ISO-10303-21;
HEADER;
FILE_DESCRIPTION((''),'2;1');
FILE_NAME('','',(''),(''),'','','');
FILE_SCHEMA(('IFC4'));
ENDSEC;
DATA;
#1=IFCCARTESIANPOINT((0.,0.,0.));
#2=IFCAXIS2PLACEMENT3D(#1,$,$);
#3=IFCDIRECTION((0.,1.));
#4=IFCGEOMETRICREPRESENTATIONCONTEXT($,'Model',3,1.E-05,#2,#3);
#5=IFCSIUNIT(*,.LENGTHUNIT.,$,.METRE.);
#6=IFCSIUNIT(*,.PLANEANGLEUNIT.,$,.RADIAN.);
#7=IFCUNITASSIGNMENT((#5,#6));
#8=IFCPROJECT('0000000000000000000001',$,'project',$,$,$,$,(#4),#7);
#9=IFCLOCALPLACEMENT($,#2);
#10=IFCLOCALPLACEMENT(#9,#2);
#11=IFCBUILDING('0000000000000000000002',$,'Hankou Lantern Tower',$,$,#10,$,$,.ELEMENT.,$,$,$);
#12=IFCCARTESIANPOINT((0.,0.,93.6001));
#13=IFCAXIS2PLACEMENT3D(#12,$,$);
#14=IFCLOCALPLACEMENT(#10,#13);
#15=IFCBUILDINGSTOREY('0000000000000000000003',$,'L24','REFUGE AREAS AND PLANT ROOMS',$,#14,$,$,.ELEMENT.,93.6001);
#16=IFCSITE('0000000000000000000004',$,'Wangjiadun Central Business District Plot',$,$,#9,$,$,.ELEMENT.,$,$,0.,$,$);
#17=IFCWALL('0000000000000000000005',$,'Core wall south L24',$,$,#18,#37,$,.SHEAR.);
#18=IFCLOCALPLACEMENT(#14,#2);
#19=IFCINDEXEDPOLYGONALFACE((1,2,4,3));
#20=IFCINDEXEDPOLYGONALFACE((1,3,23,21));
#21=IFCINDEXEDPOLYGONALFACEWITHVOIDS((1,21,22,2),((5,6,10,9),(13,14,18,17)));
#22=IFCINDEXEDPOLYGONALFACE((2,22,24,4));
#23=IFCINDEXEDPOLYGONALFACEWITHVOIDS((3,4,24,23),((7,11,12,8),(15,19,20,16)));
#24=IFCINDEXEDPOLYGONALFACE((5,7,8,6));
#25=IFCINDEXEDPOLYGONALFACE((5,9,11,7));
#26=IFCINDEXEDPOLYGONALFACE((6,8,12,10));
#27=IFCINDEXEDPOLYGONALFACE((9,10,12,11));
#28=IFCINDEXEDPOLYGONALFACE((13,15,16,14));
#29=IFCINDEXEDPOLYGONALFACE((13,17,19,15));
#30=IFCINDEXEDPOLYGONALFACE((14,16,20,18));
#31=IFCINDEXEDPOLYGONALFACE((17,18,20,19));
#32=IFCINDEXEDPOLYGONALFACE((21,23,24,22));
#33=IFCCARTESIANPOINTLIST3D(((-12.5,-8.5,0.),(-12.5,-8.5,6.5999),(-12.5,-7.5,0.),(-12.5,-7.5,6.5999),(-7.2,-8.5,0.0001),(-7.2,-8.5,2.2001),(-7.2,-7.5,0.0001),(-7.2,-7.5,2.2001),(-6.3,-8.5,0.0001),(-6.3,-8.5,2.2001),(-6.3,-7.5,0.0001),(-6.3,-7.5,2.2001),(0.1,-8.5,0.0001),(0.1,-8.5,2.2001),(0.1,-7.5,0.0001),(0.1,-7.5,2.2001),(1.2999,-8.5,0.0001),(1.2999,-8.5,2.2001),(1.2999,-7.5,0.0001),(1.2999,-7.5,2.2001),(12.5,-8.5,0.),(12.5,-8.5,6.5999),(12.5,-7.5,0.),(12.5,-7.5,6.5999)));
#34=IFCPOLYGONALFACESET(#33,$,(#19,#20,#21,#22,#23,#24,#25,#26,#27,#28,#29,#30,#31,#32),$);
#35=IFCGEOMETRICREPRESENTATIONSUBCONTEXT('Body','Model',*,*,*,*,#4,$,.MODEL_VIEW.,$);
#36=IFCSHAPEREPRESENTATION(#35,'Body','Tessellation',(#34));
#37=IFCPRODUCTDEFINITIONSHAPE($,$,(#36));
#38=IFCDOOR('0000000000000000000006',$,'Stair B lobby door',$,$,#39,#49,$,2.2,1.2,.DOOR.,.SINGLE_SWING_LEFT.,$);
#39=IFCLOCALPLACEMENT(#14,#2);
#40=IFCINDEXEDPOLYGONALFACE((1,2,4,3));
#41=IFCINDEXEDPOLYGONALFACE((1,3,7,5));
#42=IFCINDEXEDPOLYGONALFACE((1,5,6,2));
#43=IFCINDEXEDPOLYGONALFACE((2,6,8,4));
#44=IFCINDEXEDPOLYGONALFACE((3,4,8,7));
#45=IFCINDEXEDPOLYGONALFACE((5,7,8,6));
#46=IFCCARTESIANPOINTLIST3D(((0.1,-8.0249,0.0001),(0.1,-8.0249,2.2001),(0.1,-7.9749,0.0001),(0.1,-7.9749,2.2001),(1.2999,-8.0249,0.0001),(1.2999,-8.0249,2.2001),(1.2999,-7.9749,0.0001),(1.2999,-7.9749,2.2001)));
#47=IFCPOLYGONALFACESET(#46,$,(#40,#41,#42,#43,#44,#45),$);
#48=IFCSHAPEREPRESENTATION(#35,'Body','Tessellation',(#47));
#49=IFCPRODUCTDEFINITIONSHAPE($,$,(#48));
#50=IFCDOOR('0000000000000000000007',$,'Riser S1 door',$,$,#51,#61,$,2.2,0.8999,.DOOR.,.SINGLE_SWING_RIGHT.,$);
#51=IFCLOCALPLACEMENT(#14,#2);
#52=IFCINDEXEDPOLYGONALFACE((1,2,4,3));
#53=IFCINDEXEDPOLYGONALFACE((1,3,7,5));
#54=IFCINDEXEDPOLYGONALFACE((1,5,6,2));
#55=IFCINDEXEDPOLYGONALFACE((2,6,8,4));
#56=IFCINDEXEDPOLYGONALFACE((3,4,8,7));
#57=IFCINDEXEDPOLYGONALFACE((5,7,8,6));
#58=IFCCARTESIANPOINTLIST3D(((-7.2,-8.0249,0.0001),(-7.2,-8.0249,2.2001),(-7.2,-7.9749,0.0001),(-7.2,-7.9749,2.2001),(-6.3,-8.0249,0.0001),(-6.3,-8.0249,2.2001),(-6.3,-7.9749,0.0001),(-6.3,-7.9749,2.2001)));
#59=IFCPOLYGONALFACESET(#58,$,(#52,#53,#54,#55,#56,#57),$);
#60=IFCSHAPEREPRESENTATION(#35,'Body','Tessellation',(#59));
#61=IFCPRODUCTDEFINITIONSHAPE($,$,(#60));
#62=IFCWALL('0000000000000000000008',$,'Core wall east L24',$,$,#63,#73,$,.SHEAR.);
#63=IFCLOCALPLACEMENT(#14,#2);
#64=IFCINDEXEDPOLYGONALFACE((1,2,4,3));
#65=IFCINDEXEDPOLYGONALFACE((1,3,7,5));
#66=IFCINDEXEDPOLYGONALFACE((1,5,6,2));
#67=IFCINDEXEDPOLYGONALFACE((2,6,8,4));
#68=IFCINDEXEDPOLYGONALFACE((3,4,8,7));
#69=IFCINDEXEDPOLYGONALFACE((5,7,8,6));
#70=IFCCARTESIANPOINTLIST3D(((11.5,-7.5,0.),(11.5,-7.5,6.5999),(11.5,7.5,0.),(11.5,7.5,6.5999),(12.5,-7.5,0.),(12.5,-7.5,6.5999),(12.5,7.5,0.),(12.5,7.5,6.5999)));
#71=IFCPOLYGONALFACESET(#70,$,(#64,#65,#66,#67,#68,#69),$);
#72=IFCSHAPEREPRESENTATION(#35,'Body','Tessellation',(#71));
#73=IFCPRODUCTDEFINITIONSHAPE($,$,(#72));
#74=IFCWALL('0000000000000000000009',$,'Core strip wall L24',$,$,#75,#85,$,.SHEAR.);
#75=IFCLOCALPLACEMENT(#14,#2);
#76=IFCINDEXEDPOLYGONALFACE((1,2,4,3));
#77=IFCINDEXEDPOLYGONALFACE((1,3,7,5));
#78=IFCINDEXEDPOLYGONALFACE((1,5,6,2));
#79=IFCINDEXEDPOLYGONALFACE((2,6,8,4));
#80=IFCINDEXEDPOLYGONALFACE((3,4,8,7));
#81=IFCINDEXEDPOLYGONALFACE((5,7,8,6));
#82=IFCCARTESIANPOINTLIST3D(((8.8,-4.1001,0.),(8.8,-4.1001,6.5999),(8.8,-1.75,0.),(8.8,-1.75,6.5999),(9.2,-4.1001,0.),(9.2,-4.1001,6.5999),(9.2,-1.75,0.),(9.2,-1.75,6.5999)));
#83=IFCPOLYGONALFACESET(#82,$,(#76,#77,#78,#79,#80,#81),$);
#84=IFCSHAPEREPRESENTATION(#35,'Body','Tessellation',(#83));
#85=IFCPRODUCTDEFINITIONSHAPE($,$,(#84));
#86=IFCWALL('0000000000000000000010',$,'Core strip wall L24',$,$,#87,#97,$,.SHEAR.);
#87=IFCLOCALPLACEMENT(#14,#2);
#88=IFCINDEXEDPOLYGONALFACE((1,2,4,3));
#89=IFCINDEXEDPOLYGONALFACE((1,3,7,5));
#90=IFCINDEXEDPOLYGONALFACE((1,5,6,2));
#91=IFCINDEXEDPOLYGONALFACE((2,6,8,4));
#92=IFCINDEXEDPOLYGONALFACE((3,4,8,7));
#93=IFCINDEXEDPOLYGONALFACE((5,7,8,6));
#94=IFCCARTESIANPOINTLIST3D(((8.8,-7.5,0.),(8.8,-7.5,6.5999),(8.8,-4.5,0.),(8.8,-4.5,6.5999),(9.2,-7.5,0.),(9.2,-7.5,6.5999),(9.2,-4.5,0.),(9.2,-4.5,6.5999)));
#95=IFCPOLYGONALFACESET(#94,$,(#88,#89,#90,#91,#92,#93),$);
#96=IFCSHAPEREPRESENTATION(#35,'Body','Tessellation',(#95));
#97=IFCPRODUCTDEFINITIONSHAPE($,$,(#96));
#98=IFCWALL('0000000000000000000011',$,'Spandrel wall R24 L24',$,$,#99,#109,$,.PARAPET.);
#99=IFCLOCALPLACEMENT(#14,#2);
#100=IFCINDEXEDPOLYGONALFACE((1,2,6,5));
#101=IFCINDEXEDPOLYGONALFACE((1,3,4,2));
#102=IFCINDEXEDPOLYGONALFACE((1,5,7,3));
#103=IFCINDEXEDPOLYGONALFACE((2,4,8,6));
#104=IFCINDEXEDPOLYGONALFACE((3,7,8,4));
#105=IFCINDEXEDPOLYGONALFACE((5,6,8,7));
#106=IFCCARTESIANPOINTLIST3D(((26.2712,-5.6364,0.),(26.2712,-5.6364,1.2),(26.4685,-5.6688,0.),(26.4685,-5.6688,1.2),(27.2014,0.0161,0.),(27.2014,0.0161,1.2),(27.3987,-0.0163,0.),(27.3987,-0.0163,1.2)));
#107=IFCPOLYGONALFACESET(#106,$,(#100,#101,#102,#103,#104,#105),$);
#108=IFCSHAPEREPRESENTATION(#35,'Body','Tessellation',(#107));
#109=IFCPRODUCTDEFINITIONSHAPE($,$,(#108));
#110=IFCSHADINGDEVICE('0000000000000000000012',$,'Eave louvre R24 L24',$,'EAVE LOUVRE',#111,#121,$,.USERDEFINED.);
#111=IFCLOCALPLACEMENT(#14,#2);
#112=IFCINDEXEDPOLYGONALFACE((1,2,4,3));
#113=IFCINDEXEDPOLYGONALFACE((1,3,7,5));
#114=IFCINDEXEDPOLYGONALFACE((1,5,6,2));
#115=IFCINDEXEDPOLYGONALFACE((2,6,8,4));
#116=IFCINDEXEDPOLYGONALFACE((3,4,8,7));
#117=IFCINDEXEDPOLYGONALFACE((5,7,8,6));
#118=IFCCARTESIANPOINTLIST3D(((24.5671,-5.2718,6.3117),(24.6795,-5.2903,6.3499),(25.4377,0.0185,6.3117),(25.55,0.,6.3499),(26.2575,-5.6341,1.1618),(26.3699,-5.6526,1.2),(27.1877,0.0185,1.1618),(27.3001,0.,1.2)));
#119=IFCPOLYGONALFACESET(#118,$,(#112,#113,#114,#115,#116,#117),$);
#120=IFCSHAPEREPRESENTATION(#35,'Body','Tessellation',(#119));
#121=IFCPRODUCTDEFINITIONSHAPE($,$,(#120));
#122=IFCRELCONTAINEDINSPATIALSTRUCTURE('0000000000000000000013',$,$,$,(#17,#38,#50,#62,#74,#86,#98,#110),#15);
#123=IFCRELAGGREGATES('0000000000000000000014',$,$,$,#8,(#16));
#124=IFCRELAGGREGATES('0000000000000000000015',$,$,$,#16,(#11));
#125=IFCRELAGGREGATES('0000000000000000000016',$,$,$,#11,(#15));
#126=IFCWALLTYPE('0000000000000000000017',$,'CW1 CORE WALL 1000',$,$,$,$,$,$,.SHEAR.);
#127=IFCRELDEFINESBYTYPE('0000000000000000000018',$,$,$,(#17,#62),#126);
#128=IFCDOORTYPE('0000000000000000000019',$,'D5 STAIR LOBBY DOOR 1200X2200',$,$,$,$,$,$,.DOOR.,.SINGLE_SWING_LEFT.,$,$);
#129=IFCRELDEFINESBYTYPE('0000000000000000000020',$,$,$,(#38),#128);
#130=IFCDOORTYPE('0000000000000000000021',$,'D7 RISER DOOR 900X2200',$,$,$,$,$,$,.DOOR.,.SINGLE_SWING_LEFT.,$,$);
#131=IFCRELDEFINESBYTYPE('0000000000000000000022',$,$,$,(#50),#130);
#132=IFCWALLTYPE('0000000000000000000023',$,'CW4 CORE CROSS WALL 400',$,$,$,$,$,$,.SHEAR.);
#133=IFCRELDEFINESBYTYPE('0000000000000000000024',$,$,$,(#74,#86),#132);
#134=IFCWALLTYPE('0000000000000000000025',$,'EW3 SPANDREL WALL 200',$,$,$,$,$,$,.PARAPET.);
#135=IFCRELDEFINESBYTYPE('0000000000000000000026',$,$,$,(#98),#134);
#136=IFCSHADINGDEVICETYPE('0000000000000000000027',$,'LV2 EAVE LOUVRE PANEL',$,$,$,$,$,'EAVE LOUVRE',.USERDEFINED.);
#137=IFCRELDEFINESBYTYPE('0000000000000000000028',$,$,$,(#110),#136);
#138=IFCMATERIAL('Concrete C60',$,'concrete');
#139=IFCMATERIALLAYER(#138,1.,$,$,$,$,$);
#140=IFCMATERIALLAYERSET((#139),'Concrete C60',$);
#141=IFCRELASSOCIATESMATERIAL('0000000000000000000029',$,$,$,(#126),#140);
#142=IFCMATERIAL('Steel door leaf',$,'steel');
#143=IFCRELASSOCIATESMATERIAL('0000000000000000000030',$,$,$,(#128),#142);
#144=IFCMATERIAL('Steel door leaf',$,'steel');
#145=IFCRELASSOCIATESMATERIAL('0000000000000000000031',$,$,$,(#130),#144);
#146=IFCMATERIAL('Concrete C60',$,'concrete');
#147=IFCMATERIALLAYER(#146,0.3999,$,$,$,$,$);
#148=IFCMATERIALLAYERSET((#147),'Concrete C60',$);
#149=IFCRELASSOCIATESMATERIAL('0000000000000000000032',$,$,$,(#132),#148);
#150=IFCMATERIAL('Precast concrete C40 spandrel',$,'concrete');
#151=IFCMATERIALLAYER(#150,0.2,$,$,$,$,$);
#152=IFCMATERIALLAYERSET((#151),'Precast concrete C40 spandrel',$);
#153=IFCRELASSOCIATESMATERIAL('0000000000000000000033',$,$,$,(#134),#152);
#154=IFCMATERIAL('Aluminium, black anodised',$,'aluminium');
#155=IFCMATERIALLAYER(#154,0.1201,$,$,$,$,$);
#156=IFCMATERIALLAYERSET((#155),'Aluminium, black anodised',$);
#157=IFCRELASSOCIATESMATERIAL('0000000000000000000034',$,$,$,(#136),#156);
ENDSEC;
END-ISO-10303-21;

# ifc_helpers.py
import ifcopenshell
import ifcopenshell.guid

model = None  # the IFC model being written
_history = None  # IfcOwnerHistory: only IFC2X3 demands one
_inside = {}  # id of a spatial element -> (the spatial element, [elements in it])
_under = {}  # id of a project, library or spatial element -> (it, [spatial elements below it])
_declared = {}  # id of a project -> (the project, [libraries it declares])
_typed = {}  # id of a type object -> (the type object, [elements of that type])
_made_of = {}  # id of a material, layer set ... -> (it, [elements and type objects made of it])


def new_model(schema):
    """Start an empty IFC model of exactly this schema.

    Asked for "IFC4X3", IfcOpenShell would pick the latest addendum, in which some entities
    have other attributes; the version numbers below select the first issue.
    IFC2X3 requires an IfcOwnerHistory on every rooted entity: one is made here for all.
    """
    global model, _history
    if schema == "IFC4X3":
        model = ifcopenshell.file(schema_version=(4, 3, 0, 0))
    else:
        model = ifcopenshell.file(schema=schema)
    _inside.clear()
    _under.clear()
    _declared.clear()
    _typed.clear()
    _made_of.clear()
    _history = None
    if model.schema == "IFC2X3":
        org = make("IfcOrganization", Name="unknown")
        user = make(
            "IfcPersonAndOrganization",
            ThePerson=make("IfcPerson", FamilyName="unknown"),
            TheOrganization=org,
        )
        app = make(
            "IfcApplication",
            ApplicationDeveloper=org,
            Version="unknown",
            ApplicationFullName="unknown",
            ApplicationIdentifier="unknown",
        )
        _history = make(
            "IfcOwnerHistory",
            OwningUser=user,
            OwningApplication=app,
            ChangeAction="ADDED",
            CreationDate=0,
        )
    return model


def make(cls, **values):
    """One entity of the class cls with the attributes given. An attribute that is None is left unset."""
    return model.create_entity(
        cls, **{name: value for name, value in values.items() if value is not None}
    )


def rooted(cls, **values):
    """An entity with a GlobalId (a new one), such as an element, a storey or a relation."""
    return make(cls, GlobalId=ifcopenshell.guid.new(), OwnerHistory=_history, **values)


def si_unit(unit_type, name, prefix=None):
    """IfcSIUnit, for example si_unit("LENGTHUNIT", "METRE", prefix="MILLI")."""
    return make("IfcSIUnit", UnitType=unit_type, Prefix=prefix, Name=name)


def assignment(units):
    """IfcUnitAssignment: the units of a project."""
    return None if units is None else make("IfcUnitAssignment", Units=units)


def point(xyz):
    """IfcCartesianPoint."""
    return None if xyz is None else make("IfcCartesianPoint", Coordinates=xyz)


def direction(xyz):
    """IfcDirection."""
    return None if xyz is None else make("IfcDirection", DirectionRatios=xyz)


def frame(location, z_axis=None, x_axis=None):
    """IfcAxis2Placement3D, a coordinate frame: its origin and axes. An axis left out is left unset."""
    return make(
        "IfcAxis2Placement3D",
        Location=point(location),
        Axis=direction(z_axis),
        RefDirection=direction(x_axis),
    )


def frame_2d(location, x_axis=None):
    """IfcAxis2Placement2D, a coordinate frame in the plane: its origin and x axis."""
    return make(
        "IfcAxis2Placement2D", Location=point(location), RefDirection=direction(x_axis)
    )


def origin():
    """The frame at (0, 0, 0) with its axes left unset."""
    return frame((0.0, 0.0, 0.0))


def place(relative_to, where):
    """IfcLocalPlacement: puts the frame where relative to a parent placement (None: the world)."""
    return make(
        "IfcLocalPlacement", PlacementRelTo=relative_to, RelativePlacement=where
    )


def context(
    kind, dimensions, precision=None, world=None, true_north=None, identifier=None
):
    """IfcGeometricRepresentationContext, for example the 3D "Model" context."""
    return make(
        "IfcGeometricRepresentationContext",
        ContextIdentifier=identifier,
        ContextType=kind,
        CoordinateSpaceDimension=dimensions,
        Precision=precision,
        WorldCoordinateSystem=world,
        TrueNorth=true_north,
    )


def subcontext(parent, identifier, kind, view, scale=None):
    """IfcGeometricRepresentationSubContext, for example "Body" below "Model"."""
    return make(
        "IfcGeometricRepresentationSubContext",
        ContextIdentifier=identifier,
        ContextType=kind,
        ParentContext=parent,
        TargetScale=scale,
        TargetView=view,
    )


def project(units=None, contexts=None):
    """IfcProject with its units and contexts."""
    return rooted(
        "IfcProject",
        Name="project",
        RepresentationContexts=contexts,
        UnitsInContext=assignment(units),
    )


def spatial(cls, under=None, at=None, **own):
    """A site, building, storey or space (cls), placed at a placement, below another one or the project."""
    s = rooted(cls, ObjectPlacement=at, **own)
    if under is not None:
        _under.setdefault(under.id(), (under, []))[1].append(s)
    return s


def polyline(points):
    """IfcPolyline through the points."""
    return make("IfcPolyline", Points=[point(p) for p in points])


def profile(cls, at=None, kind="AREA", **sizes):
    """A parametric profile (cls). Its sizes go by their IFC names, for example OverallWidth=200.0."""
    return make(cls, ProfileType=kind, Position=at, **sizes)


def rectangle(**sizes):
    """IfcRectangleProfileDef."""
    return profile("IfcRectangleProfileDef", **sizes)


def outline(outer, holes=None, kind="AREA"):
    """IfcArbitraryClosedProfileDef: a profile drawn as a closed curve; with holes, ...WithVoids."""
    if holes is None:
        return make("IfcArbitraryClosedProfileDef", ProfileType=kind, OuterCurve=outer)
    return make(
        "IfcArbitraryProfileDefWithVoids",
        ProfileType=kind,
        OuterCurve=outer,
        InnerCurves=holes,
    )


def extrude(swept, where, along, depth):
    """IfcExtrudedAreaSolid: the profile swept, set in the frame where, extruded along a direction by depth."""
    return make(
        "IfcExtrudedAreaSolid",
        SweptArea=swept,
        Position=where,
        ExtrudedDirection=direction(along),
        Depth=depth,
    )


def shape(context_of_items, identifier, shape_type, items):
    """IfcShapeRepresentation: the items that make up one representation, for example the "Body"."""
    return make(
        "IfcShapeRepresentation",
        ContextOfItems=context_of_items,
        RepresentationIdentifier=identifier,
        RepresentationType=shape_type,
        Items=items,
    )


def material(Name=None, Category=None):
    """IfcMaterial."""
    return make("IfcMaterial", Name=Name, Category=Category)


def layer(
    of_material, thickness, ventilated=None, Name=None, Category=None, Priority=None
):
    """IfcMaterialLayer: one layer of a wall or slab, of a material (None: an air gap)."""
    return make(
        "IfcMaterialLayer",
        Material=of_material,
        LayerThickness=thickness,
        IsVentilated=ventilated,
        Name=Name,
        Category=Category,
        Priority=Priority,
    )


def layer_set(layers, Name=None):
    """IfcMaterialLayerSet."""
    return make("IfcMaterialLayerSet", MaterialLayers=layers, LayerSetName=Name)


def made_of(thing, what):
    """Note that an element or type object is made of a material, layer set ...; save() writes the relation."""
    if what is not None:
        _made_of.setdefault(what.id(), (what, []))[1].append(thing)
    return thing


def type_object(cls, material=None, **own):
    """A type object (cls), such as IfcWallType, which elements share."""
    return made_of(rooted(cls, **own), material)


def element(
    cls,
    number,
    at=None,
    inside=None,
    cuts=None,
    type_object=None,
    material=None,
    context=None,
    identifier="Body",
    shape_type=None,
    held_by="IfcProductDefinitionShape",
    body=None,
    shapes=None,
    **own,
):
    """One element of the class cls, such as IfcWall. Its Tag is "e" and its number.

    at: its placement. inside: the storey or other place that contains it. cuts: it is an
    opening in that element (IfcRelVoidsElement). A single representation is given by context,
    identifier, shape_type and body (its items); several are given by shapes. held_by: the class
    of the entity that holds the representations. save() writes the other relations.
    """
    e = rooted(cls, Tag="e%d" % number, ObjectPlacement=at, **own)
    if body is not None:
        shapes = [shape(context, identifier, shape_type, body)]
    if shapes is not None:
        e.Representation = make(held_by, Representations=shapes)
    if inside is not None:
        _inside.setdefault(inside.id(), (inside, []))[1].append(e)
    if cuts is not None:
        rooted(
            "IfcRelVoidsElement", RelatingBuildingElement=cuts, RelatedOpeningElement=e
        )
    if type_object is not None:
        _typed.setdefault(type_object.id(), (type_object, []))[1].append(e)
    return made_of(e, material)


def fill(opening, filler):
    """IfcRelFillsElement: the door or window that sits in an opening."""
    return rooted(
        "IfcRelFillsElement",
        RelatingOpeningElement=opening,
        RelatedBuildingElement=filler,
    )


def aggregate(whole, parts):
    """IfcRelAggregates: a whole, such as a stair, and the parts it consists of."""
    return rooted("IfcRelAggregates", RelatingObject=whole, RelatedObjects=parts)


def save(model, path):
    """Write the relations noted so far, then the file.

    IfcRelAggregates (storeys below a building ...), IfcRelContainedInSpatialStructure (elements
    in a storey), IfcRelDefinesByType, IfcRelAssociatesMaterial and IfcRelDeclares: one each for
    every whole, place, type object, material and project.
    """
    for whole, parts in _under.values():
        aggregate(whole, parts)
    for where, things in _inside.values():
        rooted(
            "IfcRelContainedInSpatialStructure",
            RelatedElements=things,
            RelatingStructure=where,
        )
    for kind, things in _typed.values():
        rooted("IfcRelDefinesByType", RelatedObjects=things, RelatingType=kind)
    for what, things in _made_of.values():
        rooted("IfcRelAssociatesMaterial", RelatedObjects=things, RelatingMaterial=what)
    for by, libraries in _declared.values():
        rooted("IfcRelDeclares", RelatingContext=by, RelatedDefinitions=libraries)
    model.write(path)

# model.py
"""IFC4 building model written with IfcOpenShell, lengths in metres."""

from ifc_helpers import new_model, si_unit, direction, frame, frame_2d, origin, place, context, subcontext, project, spatial, polyline, rectangle, outline, extrude, material, layer, layer_set, type_object, element, fill, save


model = new_model("IFC4")

# Units and contexts
model_context = context("Model", 3, precision=1e-05, world=origin(), true_north=direction((0.0, 1.0)))
body_context = subcontext(model_context, "Body", "Model", "MODEL_VIEW")
ifc_project = project(units=[si_unit("LENGTHUNIT", "METRE"), si_unit("PLANEANGLEUNIT", "RADIAN")], contexts=[model_context])

# Site, building, storey
site_placement = place(None, origin())
site = spatial("IfcSite", under=ifc_project, at=site_placement, Name="Wangjiadun Central Business District Plot", CompositionType="ELEMENT", RefElevation=0.0)
building_placement = place(site_placement, origin())
building = spatial("IfcBuilding", under=site, at=building_placement, Name="Hankou Lantern Tower", CompositionType="ELEMENT")
storey_placement = place(building_placement, frame((0.0, 0.0, 93.6001)))
storey = spatial("IfcBuildingStorey", under=building, at=storey_placement, Name="L24", Description="REFUGE AREAS AND PLANT ROOMS", CompositionType="ELEMENT", Elevation=93.6001)

# Wall, openings, doors
ifc_material_1 = material(Name="Concrete C60", Category="concrete")
ifc_layer_1 = layer(ifc_material_1, 1.0)
ifc_layer_set_1 = layer_set([ifc_layer_1], Name="Concrete C60")
wall_type_1 = type_object("IfcWallType", Name="CW1 CORE WALL 1000", PredefinedType="SHEAR", material=ifc_layer_set_1)
wall_1_placement = place(storey_placement, frame((12.5, -8.0, 0.0), z_axis=(0.0, 0.0, 1.0), x_axis=(-1.0, 0.0, 0.0)))
wall_1 = element("IfcWall", 1, at=wall_1_placement, inside=storey, type_object=wall_type_1, Name="Core wall south L24", PredefinedType="SHEAR", context=body_context, shape_type="SweptSolid", body=[
    extrude(rectangle(XDim=25.0, YDim=1.0, at=frame_2d((12.5, 0.0))), origin(), (0.0, 0.0, 1.0), 6.5999),
])
opening_1_placement = place(wall_1_placement, frame((11.2, 0.0, 0.0)))
opening_1 = element("IfcOpeningElement", 2, at=opening_1_placement, cuts=wall_1, PredefinedType="OPENING", context=body_context, shape_type="SweptSolid", body=[
    extrude(rectangle(XDim=1.2, YDim=2.2, at=frame_2d((0.6001, 1.1001))), frame((0.0, 0.51, 0.0), z_axis=(0.0, -1.0, 0.0), x_axis=(1.0, 0.0, 0.0)), (0.0, 0.0, 1.0), 1.02),
])
opening_2_placement = place(wall_1_placement, frame((18.8, 0.0, 0.0)))
opening_2 = element("IfcOpeningElement", 3, at=opening_2_placement, cuts=wall_1, PredefinedType="OPENING", context=body_context, shape_type="SweptSolid", body=[
    extrude(rectangle(XDim=0.8999, YDim=2.2, at=frame_2d((0.45, 1.1001))), frame((0.0, 0.51, 0.0), z_axis=(0.0, -1.0, 0.0), x_axis=(1.0, 0.0, 0.0)), (0.0, 0.0, 1.0), 1.02),
])
ifc_material_2 = material(Name="Steel door leaf", Category="steel")
door_type_1 = type_object("IfcDoorType", Name="D5 STAIR LOBBY DOOR 1200X2200", OperationType="SINGLE_SWING_LEFT", PredefinedType="DOOR", material=ifc_material_2)
door_1_placement = place(opening_1_placement, origin())
door_1 = element("IfcDoor", 4, at=door_1_placement, inside=storey, type_object=door_type_1, Name="Stair B lobby door", OperationType="SINGLE_SWING_LEFT", OverallHeight=2.2, OverallWidth=1.2, PredefinedType="DOOR", context=body_context, shape_type="SweptSolid", body=[
    extrude(rectangle(XDim=1.2, YDim=2.2, at=frame_2d((0.6001, 1.1001))), frame((0.0, 0.0249, 0.0), z_axis=(0.0, -1.0, 0.0), x_axis=(1.0, 0.0, 0.0)), (0.0, 0.0, 1.0), 0.05),
])
fill(opening_1, door_1)
ifc_material_3 = material(Name="Steel door leaf", Category="steel")
door_type_2 = type_object("IfcDoorType", Name="D7 RISER DOOR 900X2200", OperationType="SINGLE_SWING_LEFT", PredefinedType="DOOR", material=ifc_material_3)
door_2_placement = place(opening_2_placement, origin())
door_2 = element("IfcDoor", 5, at=door_2_placement, inside=storey, type_object=door_type_2, Name="Riser S1 door", OperationType="SINGLE_SWING_RIGHT", OverallHeight=2.2, OverallWidth=0.8999, PredefinedType="DOOR", context=body_context, shape_type="SweptSolid", body=[
    extrude(rectangle(XDim=0.8999, YDim=2.2, at=frame_2d((0.45, 1.1001))), frame((0.0, 0.0249, 0.0), z_axis=(0.0, -1.0, 0.0), x_axis=(1.0, 0.0, 0.0)), (0.0, 0.0, 1.0), 0.05),
])
fill(opening_2, door_2)

# Walls
wall_2_placement = place(storey_placement, frame((12.0, -7.5, 0.0), z_axis=(0.0, 0.0, 1.0), x_axis=(0.0, 1.0, 0.0)))
element("IfcWall", 6, at=wall_2_placement, inside=storey, type_object=wall_type_1, Name="Core wall east L24", PredefinedType="SHEAR", context=body_context, shape_type="SweptSolid", body=[
    extrude(rectangle(XDim=15.0, YDim=1.0, at=frame_2d((7.5, 0.0))), origin(), (0.0, 0.0, 1.0), 6.5999),
])
ifc_material_4 = material(Name="Concrete C60", Category="concrete")
ifc_layer_2 = layer(ifc_material_4, 0.3999)
ifc_layer_set_2 = layer_set([ifc_layer_2], Name="Concrete C60")
wall_type_2 = type_object("IfcWallType", Name="CW4 CORE CROSS WALL 400", PredefinedType="SHEAR", material=ifc_layer_set_2)
wall_3_placement = place(storey_placement, frame((9.0, -4.1001, 0.0), z_axis=(0.0, 0.0, 1.0), x_axis=(0.0, 1.0, 0.0)))
element("IfcWall", 7, at=wall_3_placement, inside=storey, type_object=wall_type_2, Name="Core strip wall L24", PredefinedType="SHEAR", context=body_context, shape_type="SweptSolid", body=[
    extrude(rectangle(XDim=2.3501, YDim=0.3999, at=frame_2d((1.175, 0.0))), origin(), (0.0, 0.0, 1.0), 6.5999),
])
wall_4_placement = place(storey_placement, frame((9.0, -7.5, 0.0), z_axis=(0.0, 0.0, 1.0), x_axis=(0.0, 1.0, 0.0)))
element("IfcWall", 8, at=wall_4_placement, inside=storey, type_object=wall_type_2, Name="Core strip wall L24", PredefinedType="SHEAR", context=body_context, shape_type="SweptSolid", body=[
    extrude(rectangle(XDim=3.0, YDim=0.3999, at=frame_2d((1.5, 0.0))), origin(), (0.0, 0.0, 1.0), 6.5999),
])
ifc_material_5 = material(Name="Precast concrete C40 spandrel", Category="concrete")
ifc_layer_3 = layer(ifc_material_5, 0.2)
ifc_layer_set_3 = layer_set([ifc_layer_3], Name="Precast concrete C40 spandrel")
wall_type_3 = type_object("IfcWallType", Name="EW3 SPANDREL WALL 200", PredefinedType="PARAPET", material=ifc_layer_set_3)
wall_5_placement = place(storey_placement, frame((26.3699, -5.6526, 0.0), z_axis=(0.0, 0.0, 1.0), x_axis=(0.162374, 0.986729, 0.0)))
element("IfcWall", 9, at=wall_5_placement, inside=storey, type_object=wall_type_3, Name="Spandrel wall R24 L24", PredefinedType="PARAPET", context=body_context, shape_type="SweptSolid", body=[
    extrude(rectangle(XDim=5.7285, YDim=0.2, at=frame_2d((2.8643, 0.0))), origin(), (0.0, 0.0, 1.0), 1.2),
])

# Shading device
ifc_material_6 = material(Name="Aluminium, black anodised", Category="aluminium")
ifc_layer_4 = layer(ifc_material_6, 0.1201)
ifc_layer_set_4 = layer_set([ifc_layer_4], Name="Aluminium, black anodised")
shading_device_type = type_object("IfcShadingDeviceType", Name="LV2 EAVE LOUVRE PANEL", ElementType="EAVE LOUVRE", PredefinedType="USERDEFINED", material=ifc_layer_set_4)
shading_device_placement = place(storey_placement, frame((26.3699, -5.6526, 1.2), z_axis=(0.935537, -0.153954, 0.317912), x_axis=(0.162378, 0.986729, 0.000001)))
element("IfcShadingDevice", 10, at=shading_device_placement, inside=storey, type_object=shading_device_type, Name="Eave louvre R24 L24", ObjectType="EAVE LOUVRE", PredefinedType="USERDEFINED", context=body_context, shape_type="SweptSolid", body=[
    extrude(outline(polyline([(0.0, 0.0), (5.7286, 0.0), (5.4445, 5.4317), (0.083, 5.4317), (0.0, 0.0)])), origin(), (0.0, 0.0, -1.0), 0.1201),
])

save(model, "model.ifc")
